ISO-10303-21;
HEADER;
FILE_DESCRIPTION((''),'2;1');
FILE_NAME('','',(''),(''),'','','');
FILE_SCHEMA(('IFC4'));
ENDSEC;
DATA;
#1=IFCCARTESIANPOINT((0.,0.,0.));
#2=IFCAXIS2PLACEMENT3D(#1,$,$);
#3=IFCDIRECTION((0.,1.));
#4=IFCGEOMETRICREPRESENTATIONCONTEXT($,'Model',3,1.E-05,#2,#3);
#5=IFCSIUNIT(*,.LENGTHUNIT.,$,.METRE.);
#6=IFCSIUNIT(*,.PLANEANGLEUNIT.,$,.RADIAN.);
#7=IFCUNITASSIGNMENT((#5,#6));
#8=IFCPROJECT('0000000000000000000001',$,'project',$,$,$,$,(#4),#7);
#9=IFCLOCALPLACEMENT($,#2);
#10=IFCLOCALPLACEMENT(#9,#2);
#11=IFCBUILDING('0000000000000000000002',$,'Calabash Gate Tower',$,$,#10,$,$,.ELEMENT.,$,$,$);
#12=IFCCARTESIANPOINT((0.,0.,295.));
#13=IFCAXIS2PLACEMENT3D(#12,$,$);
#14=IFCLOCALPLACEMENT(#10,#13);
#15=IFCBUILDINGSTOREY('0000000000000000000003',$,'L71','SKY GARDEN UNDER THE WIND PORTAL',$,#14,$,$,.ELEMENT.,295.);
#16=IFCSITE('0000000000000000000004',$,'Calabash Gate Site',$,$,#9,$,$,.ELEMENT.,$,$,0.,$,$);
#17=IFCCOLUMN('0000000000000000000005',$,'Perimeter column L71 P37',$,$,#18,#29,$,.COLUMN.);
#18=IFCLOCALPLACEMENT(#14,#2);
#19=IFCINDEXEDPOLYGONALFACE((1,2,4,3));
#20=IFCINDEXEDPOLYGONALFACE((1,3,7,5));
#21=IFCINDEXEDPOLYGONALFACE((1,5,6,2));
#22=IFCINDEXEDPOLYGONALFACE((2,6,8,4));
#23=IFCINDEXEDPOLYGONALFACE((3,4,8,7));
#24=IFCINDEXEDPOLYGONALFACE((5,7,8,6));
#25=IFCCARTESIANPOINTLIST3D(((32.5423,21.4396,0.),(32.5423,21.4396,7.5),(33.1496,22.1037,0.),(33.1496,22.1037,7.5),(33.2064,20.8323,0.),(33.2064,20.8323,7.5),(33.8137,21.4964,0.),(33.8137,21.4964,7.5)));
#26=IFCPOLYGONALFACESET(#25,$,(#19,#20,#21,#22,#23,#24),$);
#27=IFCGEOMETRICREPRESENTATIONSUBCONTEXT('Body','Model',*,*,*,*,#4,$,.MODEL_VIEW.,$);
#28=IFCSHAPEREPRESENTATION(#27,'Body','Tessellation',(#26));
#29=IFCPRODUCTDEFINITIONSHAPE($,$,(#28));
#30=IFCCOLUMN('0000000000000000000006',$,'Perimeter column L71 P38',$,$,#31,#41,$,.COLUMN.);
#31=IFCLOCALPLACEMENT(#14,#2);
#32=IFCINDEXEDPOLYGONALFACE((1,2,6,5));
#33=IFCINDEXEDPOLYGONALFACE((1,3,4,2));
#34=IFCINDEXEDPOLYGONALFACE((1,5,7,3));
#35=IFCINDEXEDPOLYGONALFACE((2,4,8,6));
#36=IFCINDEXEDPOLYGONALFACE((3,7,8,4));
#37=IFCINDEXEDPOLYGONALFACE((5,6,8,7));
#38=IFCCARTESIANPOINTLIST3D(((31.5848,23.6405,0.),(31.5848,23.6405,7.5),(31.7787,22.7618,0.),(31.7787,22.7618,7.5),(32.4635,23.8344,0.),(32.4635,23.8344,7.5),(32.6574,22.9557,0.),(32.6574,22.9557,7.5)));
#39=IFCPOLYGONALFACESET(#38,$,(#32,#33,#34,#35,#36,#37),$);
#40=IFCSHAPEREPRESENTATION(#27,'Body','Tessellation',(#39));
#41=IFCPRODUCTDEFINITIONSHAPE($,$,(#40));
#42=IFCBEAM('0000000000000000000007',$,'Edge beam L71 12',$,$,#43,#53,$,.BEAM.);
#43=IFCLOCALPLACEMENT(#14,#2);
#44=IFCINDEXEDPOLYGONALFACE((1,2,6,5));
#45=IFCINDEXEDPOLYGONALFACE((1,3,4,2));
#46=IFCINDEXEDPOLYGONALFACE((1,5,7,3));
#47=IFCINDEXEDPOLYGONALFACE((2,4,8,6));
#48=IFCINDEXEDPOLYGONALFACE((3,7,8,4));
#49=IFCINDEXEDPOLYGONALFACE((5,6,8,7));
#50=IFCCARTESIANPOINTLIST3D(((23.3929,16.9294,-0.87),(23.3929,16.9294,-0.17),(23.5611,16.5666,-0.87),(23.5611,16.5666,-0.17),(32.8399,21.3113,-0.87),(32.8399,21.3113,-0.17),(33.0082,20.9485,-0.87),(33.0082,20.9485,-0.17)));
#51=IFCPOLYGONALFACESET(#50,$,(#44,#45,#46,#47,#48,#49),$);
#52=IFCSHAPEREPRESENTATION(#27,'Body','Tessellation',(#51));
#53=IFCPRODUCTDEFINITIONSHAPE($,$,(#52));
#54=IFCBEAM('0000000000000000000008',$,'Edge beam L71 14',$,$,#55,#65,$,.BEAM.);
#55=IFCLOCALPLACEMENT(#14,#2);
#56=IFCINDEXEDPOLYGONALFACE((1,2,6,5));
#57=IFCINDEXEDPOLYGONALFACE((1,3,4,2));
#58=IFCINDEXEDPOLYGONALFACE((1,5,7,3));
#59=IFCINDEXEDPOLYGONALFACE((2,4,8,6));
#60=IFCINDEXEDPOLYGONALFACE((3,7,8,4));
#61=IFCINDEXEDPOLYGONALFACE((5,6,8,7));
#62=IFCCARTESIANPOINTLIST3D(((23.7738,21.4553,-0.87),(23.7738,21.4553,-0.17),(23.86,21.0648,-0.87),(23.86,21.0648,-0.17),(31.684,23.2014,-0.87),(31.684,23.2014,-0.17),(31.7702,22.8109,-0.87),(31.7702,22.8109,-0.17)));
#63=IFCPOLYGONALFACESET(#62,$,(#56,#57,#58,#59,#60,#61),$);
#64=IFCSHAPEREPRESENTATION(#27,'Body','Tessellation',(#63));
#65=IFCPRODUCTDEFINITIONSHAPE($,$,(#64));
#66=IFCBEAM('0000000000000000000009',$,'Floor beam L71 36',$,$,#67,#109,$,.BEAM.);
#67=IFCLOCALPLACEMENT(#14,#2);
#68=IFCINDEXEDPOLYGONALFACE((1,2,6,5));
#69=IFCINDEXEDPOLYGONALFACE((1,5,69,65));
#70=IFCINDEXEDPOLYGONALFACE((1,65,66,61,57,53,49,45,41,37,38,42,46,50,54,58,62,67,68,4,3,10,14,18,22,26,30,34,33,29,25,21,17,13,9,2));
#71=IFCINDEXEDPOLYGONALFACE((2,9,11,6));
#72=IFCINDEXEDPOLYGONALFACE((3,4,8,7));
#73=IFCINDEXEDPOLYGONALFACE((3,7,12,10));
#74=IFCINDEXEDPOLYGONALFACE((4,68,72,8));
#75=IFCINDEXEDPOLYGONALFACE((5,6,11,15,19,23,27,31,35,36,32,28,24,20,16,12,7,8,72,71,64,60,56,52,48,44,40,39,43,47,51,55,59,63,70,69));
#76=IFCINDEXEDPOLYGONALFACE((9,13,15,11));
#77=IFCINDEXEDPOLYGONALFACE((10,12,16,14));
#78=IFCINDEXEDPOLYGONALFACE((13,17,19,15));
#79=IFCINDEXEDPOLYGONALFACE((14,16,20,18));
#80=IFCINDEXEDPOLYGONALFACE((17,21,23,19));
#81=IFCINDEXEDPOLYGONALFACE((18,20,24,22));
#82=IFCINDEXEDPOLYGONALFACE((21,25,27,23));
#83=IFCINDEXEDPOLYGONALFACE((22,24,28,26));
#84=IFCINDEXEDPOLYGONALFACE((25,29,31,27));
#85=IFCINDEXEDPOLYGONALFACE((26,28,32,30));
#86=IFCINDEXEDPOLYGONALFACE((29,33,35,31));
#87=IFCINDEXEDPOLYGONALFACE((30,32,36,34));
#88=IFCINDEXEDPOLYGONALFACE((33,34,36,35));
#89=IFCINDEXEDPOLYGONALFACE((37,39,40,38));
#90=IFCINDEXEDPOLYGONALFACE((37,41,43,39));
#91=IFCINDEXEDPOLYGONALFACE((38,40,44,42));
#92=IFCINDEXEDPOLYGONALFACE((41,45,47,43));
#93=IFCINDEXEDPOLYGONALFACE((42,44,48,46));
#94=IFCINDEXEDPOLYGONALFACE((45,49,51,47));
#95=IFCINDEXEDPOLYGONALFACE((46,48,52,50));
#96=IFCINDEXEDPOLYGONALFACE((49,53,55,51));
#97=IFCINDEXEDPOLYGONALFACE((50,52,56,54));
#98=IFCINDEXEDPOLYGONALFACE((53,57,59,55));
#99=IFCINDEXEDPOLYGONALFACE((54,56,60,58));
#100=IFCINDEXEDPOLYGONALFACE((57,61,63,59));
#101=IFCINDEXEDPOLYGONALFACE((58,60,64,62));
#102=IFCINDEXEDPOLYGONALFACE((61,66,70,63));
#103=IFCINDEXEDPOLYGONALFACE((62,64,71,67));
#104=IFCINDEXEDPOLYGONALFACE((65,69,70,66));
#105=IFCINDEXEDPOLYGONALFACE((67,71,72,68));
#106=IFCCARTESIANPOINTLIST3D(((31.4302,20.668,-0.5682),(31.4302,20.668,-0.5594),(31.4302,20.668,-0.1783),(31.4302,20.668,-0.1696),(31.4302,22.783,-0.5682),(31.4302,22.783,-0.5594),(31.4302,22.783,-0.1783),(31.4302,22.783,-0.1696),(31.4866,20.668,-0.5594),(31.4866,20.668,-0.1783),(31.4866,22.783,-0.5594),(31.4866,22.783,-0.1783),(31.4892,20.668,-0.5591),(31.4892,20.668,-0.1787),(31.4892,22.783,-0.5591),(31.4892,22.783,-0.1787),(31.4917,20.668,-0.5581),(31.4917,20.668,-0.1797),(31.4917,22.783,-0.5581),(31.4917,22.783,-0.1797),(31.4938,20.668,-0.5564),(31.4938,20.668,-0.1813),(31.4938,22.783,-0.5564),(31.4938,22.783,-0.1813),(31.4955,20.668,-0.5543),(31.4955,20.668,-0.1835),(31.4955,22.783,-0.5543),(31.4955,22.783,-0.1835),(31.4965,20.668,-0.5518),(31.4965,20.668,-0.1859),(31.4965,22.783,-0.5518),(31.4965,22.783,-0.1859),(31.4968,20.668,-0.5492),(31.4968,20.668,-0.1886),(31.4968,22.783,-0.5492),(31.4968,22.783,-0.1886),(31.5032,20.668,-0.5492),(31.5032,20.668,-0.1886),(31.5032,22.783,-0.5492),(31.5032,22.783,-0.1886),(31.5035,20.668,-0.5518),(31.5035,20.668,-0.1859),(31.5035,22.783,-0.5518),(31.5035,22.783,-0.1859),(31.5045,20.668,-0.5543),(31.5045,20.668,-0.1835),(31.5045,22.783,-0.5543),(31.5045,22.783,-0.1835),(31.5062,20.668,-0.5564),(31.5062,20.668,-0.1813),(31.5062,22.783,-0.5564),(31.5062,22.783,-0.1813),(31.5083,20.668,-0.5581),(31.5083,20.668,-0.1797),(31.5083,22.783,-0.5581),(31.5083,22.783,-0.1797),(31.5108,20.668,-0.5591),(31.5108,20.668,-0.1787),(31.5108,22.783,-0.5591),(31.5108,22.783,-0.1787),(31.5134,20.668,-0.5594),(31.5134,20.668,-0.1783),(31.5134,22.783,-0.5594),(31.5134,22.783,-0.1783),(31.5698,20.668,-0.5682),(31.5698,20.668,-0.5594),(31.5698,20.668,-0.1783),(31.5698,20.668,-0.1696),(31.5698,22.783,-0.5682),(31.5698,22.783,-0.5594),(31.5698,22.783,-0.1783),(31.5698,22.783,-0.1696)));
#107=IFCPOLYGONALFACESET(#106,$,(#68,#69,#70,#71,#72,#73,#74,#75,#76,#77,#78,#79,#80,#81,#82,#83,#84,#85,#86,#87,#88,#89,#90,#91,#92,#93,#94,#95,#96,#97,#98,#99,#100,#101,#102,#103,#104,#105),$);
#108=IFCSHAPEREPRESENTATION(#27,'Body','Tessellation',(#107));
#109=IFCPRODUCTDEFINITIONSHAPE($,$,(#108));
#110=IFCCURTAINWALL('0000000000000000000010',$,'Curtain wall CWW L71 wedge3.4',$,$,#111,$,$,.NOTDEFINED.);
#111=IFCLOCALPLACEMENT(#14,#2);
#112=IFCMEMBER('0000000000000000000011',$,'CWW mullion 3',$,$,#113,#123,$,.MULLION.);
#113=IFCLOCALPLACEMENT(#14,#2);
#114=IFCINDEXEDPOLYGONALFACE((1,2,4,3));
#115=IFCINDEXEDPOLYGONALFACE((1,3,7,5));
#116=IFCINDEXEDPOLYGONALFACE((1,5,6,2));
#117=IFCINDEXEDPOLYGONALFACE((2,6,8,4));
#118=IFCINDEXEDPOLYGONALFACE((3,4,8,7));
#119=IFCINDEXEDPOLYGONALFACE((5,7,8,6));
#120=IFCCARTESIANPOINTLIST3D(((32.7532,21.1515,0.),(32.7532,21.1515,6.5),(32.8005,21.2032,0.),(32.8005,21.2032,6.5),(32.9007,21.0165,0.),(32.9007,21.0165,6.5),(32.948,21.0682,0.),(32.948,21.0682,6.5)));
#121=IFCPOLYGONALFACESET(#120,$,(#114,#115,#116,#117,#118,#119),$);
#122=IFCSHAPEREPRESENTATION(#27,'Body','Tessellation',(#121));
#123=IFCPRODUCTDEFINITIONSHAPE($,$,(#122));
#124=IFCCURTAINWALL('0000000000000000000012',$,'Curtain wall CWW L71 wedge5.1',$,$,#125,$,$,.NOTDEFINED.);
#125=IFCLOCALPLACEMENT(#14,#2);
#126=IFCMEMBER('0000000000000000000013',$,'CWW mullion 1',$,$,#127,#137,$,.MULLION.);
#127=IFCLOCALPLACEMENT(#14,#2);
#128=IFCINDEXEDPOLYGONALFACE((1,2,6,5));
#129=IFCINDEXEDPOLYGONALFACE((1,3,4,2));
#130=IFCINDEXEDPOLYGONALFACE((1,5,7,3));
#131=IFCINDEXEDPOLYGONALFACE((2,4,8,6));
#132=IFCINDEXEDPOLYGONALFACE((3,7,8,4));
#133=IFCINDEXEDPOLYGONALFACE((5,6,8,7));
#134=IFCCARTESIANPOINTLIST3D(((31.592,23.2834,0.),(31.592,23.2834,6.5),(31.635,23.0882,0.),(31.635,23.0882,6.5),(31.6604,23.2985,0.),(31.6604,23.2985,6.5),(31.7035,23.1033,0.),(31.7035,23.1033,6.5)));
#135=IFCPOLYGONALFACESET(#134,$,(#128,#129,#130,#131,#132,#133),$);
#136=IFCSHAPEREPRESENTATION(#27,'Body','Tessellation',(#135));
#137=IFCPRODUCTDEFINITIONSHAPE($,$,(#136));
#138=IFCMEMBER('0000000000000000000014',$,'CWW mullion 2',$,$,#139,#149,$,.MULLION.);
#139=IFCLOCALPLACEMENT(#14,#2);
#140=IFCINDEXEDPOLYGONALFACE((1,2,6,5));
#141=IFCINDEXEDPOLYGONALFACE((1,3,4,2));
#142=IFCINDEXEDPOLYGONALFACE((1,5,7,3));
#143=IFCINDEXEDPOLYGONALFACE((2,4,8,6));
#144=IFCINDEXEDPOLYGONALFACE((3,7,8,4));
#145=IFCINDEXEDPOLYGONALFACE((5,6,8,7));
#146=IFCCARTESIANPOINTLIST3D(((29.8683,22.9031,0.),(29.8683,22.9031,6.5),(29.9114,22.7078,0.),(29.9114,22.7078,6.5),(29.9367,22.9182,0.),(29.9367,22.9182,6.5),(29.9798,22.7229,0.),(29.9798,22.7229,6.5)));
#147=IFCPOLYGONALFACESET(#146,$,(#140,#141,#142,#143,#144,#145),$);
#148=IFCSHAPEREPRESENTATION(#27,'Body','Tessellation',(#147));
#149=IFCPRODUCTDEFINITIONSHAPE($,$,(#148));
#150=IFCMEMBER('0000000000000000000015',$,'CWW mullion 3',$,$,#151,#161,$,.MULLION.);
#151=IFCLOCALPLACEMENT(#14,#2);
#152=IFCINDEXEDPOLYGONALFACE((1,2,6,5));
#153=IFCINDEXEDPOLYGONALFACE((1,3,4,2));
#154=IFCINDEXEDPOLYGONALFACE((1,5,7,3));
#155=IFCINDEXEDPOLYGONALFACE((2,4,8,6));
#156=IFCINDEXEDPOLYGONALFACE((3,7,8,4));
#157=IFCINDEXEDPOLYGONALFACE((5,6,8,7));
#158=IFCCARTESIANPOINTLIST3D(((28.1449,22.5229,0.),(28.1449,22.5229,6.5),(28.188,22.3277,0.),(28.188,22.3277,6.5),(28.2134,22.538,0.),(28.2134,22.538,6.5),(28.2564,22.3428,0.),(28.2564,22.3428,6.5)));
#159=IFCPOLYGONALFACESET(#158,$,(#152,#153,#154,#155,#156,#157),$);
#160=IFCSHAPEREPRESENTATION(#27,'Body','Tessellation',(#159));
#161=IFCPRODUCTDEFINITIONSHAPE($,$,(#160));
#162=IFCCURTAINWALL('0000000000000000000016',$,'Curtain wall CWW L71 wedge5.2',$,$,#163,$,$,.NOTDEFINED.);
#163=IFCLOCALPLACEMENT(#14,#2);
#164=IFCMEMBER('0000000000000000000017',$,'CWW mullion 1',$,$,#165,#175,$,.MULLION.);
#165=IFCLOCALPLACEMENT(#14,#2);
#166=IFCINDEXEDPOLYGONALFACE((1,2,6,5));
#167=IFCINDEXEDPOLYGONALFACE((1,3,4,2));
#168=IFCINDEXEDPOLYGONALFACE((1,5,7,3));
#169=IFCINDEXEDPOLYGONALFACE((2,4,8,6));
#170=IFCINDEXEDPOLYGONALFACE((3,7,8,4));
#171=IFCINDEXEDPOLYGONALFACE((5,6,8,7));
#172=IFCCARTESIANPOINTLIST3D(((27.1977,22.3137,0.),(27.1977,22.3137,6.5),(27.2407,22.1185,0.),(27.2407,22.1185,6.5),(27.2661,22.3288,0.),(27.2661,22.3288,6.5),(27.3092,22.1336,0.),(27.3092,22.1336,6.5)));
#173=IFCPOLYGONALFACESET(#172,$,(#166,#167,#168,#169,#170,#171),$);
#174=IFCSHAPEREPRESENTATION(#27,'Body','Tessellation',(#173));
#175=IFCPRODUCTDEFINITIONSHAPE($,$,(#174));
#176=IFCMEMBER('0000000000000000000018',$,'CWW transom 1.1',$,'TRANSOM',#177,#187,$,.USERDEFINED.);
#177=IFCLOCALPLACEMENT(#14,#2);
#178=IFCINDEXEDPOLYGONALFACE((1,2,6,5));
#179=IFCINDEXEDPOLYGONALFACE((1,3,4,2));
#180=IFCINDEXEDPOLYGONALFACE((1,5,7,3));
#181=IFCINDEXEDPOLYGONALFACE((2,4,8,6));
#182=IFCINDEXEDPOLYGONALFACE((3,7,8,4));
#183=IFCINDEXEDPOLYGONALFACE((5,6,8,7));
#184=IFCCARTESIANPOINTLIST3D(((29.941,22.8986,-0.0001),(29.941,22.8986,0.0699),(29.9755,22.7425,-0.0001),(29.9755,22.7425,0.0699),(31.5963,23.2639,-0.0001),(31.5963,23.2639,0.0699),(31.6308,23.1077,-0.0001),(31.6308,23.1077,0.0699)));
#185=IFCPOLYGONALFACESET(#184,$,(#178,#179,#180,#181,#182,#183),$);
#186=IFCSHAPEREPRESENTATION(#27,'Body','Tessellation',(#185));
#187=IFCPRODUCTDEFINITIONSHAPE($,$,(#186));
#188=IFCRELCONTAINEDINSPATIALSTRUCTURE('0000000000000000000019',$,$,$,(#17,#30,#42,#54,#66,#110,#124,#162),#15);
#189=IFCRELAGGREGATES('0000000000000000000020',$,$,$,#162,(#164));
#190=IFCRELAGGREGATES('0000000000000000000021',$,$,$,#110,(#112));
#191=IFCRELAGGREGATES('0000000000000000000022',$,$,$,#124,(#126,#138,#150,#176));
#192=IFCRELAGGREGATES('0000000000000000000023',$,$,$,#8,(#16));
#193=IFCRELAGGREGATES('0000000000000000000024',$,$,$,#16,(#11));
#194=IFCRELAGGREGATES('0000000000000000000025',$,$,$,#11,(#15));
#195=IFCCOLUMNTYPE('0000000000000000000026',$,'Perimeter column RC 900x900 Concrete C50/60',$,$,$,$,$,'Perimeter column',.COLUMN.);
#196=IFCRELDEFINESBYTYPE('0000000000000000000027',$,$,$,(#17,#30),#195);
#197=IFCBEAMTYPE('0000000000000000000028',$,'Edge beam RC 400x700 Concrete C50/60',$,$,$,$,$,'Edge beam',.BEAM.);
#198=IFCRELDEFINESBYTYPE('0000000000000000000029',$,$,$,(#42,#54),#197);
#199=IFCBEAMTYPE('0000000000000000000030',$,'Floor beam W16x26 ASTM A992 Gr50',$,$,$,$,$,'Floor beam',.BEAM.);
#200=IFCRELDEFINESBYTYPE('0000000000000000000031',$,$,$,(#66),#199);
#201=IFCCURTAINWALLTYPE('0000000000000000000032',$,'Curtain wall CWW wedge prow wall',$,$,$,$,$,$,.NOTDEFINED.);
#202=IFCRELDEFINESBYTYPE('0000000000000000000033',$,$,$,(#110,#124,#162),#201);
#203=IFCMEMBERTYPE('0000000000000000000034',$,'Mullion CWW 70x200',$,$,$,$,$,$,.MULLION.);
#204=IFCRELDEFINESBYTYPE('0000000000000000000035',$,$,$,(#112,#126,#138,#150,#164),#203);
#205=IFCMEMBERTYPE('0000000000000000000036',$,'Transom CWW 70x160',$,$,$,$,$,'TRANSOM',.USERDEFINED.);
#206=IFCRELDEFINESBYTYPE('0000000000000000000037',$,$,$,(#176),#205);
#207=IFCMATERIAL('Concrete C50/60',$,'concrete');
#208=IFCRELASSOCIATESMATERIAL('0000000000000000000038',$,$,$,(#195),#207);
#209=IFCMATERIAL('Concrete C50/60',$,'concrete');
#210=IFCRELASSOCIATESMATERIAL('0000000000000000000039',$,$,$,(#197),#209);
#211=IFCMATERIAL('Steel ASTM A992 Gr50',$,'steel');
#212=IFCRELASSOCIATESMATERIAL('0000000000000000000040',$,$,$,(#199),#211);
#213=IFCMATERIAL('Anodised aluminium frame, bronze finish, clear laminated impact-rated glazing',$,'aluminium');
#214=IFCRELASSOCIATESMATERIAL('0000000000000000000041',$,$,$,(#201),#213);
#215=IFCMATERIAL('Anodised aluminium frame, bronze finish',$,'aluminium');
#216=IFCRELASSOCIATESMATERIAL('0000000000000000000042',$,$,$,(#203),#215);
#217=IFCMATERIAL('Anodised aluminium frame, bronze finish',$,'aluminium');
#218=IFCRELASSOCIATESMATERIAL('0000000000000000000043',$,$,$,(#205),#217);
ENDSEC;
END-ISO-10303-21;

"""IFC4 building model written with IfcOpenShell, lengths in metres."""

from ifc_helpers import new_model, si_unit, direction, frame, origin, origin_2d, place, context, subcontext, project, spatial, rectangle, i_section, extrude, material, material_profile, profile_set, type_object, element, aggregate, save


model = new_model("IFC4")

# Units and contexts
model_context = context("Model", 3, precision=1e-05, world=origin(), true_north=direction((0.0, 1.0)))
body_context = subcontext(model_context, "Body", "Model", "MODEL_VIEW")
ifc_project = project(units=[si_unit("LENGTHUNIT", "METRE"), si_unit("PLANEANGLEUNIT", "RADIAN")], contexts=[model_context])

# Site, building, storey
site_placement = place(None, origin())
site = spatial("IfcSite", under=ifc_project, at=site_placement, Name="Calabash Gate Site", CompositionType="ELEMENT", RefElevation=0.0)
building_placement = place(site_placement, origin())
building = spatial("IfcBuilding", under=site, at=building_placement, Name="Calabash Gate Tower", CompositionType="ELEMENT")
storey_placement = place(building_placement, frame((0.0, 0.0, 295.0)))
storey = spatial("IfcBuildingStorey", under=building, at=storey_placement, Name="L71", Description="SKY GARDEN UNDER THE WIND PORTAL", CompositionType="ELEMENT", Elevation=295.0)

# Columns
ifc_material_1 = material(Name="Concrete C50/60", Category="concrete")
ifc_material_profile_1 = material_profile(ifc_material_1, rectangle(XDim=0.8999, YDim=0.8999, at=origin_2d()))
ifc_profile_set_1 = profile_set([ifc_material_profile_1], Name="Concrete C50/60")
column_type = type_object("IfcColumnType", Name="Perimeter column RC 900x900 Concrete C50/60", ElementType="Perimeter column", PredefinedType="COLUMN", material=ifc_profile_set_1)
for number, where, z_axis, x_axis, name in (
    (1, (33.178, 21.468, 0.0), (0.0, 0.0, 1.0), (0.674856, 0.737949, 0.0), "Perimeter column L71 P37"),
    (2, (32.1211, 23.2981, 0.0), (0.0, 0.0, 1.0), (-0.976511, -0.215468, 0.0), "Perimeter column L71 P38"),
):
    element("IfcColumn", number, at=place(storey_placement, frame(where, z_axis=z_axis, x_axis=x_axis)), inside=storey, type_object=column_type, Name=name, PredefinedType="COLUMN", context=body_context, shape_type="SweptSolid", body=[
        extrude(rectangle(XDim=0.8999, YDim=0.8999, at=origin_2d()), origin(), (0.0, 0.0, 1.0), 7.5),
    ])

# Beams
ifc_material_2 = material(Name="Concrete C50/60", Category="concrete")
ifc_material_profile_2 = material_profile(ifc_material_2, rectangle(XDim=0.3999, YDim=0.7, at=origin_2d()))
ifc_profile_set_2 = profile_set([ifc_material_profile_2], Name="Concrete C50/60")
beam_type_1 = type_object("IfcBeamType", Name="Edge beam RC 400x700 Concrete C50/60", ElementType="Edge beam", PredefinedType="BEAM", material=ifc_profile_set_2)
beam_1_placement = place(storey_placement, frame((32.9241, 21.1299, -0.52), z_axis=(-0.907166, -0.420773, 0.0), x_axis=(0.420773, -0.907166, 0.0)))
element("IfcBeam", 3, at=beam_1_placement, inside=storey, type_object=beam_type_1, Name="Edge beam L71 12", PredefinedType="BEAM", context=body_context, shape_type="SweptSolid", body=[
    extrude(rectangle(XDim=0.3999, YDim=0.7, at=origin_2d()), origin(), (0.0, 0.0, 1.0), 10.4138),
])
beam_2_placement = place(storey_placement, frame((31.7271, 23.0061, -0.52), z_axis=(-0.976492, -0.215552, 0.0), x_axis=(0.215552, -0.976492, 0.0)))
element("IfcBeam", 4, at=beam_2_placement, inside=storey, type_object=beam_type_1, Name="Edge beam L71 14", PredefinedType="BEAM", context=body_context, shape_type="SweptSolid", body=[
    extrude(rectangle(XDim=0.3999, YDim=0.7, at=origin_2d()), origin(), (0.0, 0.0, 1.0), 8.1006),
])
ifc_material_3 = material(Name="Steel ASTM A992 Gr50", Category="steel")
ifc_material_profile_3 = material_profile(ifc_material_3, i_section(OverallWidth=0.1396, OverallDepth=0.3987, WebThickness=0.0063, FlangeThickness=0.0088, FilletRadius=0.0103, at=origin_2d()))
ifc_profile_set_3 = profile_set([ifc_material_profile_3], Name="Steel ASTM A992 Gr50")
beam_type_2 = type_object("IfcBeamType", Name="Floor beam W16x26 ASTM A992 Gr50", ElementType="Floor beam", PredefinedType="BEAM", material=ifc_profile_set_3)
beam_3_placement = place(storey_placement, frame((31.5, 20.668, -0.3689), z_axis=(0.0, 1.0, 0.0), x_axis=(-1.0, 0.0, 0.0)))
element("IfcBeam", 5, at=beam_3_placement, inside=storey, type_object=beam_type_2, Name="Floor beam L71 36", PredefinedType="BEAM", context=body_context, shape_type="SweptSolid", body=[
    extrude(i_section(OverallWidth=0.1396, OverallDepth=0.3987, WebThickness=0.0063, FlangeThickness=0.0088, FilletRadius=0.0103, at=origin_2d()), origin(), (0.0, 0.0, 1.0), 2.115),
])

# Curtain wall, member
ifc_material_4 = material(Name="Anodised aluminium frame, bronze finish, clear laminated impact-rated glazing", Category="aluminium")
curtain_wall_type = type_object("IfcCurtainWallType", Name="Curtain wall CWW wedge prow wall", PredefinedType="NOTDEFINED", material=ifc_material_4)
curtain_wall_1_placement = place(storey_placement, origin())
curtain_wall_1 = element("IfcCurtainWall", 6, at=curtain_wall_1_placement, inside=storey, type_object=curtain_wall_type, Name="Curtain wall CWW L71 wedge3.4", PredefinedType="NOTDEFINED")
ifc_material_5 = material(Name="Anodised aluminium frame, bronze finish", Category="aluminium")
ifc_material_profile_4 = material_profile(ifc_material_5, rectangle(XDim=0.2, YDim=0.0701, at=origin_2d()))
ifc_profile_set_4 = profile_set([ifc_material_profile_4], Name="Anodised aluminium frame, bronze finish")
member_type_1 = type_object("IfcMemberType", Name="Mullion CWW 70x200", PredefinedType="MULLION", material=ifc_profile_set_4)
member_1_placement = place(storey_placement, frame((32.8506, 21.1099, 0.0), z_axis=(0.0, 0.0, 1.0), x_axis=(-0.737949, 0.674856, 0.0)))
member_1 = element("IfcMember", 7, at=member_1_placement, type_object=member_type_1, Name="CWW mullion 3", PredefinedType="MULLION", context=body_context, shape_type="SweptSolid", body=[
    extrude(rectangle(XDim=0.2, YDim=0.0701, at=origin_2d()), origin(), (0.0, 0.0, 1.0), 6.5),
])

# Curtain wall, members
curtain_wall_2_placement = place(storey_placement, origin())
curtain_wall_2 = element("IfcCurtainWall", 8, at=curtain_wall_2_placement, inside=storey, type_object=curtain_wall_type, Name="Curtain wall CWW L71 wedge5.1", PredefinedType="NOTDEFINED")
member_2_placement = place(storey_placement, frame((31.6477, 23.1934, 0.0), z_axis=(0.0, 0.0, 1.0), x_axis=(0.215468, -0.976511, 0.0)))
member_2 = element("IfcMember", 9, at=member_2_placement, type_object=member_type_1, Name="CWW mullion 1", PredefinedType="MULLION", context=body_context, shape_type="SweptSolid", body=[
    extrude(rectangle(XDim=0.2, YDim=0.0701, at=origin_2d()), origin(), (0.0, 0.0, 1.0), 6.5),
])
member_3_placement = place(storey_placement, frame((29.9241, 22.813, 0.0), z_axis=(0.0, 0.0, 1.0), x_axis=(0.215468, -0.976511, 0.0)))
member_3 = element("IfcMember", 10, at=member_3_placement, type_object=member_type_1, Name="CWW mullion 2", PredefinedType="MULLION", context=body_context, shape_type="SweptSolid", body=[
    extrude(rectangle(XDim=0.2, YDim=0.0701, at=origin_2d()), origin(), (0.0, 0.0, 1.0), 6.5),
])
member_4_placement = place(storey_placement, frame((28.2007, 22.4329, 0.0), z_axis=(0.0, 0.0, 1.0), x_axis=(0.215468, -0.976511, 0.0)))
member_4 = element("IfcMember", 11, at=member_4_placement, type_object=member_type_1, Name="CWW mullion 3", PredefinedType="MULLION", context=body_context, shape_type="SweptSolid", body=[
    extrude(rectangle(XDim=0.2, YDim=0.0701, at=origin_2d()), origin(), (0.0, 0.0, 1.0), 6.5),
])

# Curtain wall, member
curtain_wall_3_placement = place(storey_placement, origin())
curtain_wall_3 = element("IfcCurtainWall", 12, at=curtain_wall_3_placement, inside=storey, type_object=curtain_wall_type, Name="Curtain wall CWW L71 wedge5.2", PredefinedType="NOTDEFINED")
member_5_placement = place(storey_placement, frame((27.2534, 22.2236, 0.0), z_axis=(0.0, 0.0, 1.0), x_axis=(0.215468, -0.976511, 0.0)))
member_5 = element("IfcMember", 13, at=member_5_placement, type_object=member_type_1, Name="CWW mullion 1", PredefinedType="MULLION", context=body_context, shape_type="SweptSolid", body=[
    extrude(rectangle(XDim=0.2, YDim=0.0701, at=origin_2d()), origin(), (0.0, 0.0, 1.0), 6.5),
])

# Member
ifc_material_6 = material(Name="Anodised aluminium frame, bronze finish", Category="aluminium")
ifc_material_profile_5 = material_profile(ifc_material_6, rectangle(XDim=0.1599, YDim=0.0701, at=origin_2d()))
ifc_profile_set_5 = profile_set([ifc_material_profile_5], Name="Anodised aluminium frame, bronze finish")
member_type_2 = type_object("IfcMemberType", Name="Transom CWW 70x160", ElementType="TRANSOM", PredefinedType="USERDEFINED", material=ifc_profile_set_5)
member_6_placement = place(storey_placement, frame((31.6135, 23.1858, 0.0349), z_axis=(-0.976511, -0.215466, 0.0), x_axis=(0.215466, -0.976511, 0.0)))
member_6 = element("IfcMember", 14, at=member_6_placement, type_object=member_type_2, Name="CWW transom 1.1", ObjectType="TRANSOM", PredefinedType="USERDEFINED", context=body_context, shape_type="SweptSolid", body=[
    extrude(rectangle(XDim=0.1599, YDim=0.0701, at=origin_2d()), origin(), (0.0, 0.0, 1.0), 1.6951),
])
aggregate(curtain_wall_3, [member_5])

aggregate(curtain_wall_1, [member_1])
aggregate(curtain_wall_2, [member_2, member_3, member_4, member_6])

save(model, "model.ifc")
